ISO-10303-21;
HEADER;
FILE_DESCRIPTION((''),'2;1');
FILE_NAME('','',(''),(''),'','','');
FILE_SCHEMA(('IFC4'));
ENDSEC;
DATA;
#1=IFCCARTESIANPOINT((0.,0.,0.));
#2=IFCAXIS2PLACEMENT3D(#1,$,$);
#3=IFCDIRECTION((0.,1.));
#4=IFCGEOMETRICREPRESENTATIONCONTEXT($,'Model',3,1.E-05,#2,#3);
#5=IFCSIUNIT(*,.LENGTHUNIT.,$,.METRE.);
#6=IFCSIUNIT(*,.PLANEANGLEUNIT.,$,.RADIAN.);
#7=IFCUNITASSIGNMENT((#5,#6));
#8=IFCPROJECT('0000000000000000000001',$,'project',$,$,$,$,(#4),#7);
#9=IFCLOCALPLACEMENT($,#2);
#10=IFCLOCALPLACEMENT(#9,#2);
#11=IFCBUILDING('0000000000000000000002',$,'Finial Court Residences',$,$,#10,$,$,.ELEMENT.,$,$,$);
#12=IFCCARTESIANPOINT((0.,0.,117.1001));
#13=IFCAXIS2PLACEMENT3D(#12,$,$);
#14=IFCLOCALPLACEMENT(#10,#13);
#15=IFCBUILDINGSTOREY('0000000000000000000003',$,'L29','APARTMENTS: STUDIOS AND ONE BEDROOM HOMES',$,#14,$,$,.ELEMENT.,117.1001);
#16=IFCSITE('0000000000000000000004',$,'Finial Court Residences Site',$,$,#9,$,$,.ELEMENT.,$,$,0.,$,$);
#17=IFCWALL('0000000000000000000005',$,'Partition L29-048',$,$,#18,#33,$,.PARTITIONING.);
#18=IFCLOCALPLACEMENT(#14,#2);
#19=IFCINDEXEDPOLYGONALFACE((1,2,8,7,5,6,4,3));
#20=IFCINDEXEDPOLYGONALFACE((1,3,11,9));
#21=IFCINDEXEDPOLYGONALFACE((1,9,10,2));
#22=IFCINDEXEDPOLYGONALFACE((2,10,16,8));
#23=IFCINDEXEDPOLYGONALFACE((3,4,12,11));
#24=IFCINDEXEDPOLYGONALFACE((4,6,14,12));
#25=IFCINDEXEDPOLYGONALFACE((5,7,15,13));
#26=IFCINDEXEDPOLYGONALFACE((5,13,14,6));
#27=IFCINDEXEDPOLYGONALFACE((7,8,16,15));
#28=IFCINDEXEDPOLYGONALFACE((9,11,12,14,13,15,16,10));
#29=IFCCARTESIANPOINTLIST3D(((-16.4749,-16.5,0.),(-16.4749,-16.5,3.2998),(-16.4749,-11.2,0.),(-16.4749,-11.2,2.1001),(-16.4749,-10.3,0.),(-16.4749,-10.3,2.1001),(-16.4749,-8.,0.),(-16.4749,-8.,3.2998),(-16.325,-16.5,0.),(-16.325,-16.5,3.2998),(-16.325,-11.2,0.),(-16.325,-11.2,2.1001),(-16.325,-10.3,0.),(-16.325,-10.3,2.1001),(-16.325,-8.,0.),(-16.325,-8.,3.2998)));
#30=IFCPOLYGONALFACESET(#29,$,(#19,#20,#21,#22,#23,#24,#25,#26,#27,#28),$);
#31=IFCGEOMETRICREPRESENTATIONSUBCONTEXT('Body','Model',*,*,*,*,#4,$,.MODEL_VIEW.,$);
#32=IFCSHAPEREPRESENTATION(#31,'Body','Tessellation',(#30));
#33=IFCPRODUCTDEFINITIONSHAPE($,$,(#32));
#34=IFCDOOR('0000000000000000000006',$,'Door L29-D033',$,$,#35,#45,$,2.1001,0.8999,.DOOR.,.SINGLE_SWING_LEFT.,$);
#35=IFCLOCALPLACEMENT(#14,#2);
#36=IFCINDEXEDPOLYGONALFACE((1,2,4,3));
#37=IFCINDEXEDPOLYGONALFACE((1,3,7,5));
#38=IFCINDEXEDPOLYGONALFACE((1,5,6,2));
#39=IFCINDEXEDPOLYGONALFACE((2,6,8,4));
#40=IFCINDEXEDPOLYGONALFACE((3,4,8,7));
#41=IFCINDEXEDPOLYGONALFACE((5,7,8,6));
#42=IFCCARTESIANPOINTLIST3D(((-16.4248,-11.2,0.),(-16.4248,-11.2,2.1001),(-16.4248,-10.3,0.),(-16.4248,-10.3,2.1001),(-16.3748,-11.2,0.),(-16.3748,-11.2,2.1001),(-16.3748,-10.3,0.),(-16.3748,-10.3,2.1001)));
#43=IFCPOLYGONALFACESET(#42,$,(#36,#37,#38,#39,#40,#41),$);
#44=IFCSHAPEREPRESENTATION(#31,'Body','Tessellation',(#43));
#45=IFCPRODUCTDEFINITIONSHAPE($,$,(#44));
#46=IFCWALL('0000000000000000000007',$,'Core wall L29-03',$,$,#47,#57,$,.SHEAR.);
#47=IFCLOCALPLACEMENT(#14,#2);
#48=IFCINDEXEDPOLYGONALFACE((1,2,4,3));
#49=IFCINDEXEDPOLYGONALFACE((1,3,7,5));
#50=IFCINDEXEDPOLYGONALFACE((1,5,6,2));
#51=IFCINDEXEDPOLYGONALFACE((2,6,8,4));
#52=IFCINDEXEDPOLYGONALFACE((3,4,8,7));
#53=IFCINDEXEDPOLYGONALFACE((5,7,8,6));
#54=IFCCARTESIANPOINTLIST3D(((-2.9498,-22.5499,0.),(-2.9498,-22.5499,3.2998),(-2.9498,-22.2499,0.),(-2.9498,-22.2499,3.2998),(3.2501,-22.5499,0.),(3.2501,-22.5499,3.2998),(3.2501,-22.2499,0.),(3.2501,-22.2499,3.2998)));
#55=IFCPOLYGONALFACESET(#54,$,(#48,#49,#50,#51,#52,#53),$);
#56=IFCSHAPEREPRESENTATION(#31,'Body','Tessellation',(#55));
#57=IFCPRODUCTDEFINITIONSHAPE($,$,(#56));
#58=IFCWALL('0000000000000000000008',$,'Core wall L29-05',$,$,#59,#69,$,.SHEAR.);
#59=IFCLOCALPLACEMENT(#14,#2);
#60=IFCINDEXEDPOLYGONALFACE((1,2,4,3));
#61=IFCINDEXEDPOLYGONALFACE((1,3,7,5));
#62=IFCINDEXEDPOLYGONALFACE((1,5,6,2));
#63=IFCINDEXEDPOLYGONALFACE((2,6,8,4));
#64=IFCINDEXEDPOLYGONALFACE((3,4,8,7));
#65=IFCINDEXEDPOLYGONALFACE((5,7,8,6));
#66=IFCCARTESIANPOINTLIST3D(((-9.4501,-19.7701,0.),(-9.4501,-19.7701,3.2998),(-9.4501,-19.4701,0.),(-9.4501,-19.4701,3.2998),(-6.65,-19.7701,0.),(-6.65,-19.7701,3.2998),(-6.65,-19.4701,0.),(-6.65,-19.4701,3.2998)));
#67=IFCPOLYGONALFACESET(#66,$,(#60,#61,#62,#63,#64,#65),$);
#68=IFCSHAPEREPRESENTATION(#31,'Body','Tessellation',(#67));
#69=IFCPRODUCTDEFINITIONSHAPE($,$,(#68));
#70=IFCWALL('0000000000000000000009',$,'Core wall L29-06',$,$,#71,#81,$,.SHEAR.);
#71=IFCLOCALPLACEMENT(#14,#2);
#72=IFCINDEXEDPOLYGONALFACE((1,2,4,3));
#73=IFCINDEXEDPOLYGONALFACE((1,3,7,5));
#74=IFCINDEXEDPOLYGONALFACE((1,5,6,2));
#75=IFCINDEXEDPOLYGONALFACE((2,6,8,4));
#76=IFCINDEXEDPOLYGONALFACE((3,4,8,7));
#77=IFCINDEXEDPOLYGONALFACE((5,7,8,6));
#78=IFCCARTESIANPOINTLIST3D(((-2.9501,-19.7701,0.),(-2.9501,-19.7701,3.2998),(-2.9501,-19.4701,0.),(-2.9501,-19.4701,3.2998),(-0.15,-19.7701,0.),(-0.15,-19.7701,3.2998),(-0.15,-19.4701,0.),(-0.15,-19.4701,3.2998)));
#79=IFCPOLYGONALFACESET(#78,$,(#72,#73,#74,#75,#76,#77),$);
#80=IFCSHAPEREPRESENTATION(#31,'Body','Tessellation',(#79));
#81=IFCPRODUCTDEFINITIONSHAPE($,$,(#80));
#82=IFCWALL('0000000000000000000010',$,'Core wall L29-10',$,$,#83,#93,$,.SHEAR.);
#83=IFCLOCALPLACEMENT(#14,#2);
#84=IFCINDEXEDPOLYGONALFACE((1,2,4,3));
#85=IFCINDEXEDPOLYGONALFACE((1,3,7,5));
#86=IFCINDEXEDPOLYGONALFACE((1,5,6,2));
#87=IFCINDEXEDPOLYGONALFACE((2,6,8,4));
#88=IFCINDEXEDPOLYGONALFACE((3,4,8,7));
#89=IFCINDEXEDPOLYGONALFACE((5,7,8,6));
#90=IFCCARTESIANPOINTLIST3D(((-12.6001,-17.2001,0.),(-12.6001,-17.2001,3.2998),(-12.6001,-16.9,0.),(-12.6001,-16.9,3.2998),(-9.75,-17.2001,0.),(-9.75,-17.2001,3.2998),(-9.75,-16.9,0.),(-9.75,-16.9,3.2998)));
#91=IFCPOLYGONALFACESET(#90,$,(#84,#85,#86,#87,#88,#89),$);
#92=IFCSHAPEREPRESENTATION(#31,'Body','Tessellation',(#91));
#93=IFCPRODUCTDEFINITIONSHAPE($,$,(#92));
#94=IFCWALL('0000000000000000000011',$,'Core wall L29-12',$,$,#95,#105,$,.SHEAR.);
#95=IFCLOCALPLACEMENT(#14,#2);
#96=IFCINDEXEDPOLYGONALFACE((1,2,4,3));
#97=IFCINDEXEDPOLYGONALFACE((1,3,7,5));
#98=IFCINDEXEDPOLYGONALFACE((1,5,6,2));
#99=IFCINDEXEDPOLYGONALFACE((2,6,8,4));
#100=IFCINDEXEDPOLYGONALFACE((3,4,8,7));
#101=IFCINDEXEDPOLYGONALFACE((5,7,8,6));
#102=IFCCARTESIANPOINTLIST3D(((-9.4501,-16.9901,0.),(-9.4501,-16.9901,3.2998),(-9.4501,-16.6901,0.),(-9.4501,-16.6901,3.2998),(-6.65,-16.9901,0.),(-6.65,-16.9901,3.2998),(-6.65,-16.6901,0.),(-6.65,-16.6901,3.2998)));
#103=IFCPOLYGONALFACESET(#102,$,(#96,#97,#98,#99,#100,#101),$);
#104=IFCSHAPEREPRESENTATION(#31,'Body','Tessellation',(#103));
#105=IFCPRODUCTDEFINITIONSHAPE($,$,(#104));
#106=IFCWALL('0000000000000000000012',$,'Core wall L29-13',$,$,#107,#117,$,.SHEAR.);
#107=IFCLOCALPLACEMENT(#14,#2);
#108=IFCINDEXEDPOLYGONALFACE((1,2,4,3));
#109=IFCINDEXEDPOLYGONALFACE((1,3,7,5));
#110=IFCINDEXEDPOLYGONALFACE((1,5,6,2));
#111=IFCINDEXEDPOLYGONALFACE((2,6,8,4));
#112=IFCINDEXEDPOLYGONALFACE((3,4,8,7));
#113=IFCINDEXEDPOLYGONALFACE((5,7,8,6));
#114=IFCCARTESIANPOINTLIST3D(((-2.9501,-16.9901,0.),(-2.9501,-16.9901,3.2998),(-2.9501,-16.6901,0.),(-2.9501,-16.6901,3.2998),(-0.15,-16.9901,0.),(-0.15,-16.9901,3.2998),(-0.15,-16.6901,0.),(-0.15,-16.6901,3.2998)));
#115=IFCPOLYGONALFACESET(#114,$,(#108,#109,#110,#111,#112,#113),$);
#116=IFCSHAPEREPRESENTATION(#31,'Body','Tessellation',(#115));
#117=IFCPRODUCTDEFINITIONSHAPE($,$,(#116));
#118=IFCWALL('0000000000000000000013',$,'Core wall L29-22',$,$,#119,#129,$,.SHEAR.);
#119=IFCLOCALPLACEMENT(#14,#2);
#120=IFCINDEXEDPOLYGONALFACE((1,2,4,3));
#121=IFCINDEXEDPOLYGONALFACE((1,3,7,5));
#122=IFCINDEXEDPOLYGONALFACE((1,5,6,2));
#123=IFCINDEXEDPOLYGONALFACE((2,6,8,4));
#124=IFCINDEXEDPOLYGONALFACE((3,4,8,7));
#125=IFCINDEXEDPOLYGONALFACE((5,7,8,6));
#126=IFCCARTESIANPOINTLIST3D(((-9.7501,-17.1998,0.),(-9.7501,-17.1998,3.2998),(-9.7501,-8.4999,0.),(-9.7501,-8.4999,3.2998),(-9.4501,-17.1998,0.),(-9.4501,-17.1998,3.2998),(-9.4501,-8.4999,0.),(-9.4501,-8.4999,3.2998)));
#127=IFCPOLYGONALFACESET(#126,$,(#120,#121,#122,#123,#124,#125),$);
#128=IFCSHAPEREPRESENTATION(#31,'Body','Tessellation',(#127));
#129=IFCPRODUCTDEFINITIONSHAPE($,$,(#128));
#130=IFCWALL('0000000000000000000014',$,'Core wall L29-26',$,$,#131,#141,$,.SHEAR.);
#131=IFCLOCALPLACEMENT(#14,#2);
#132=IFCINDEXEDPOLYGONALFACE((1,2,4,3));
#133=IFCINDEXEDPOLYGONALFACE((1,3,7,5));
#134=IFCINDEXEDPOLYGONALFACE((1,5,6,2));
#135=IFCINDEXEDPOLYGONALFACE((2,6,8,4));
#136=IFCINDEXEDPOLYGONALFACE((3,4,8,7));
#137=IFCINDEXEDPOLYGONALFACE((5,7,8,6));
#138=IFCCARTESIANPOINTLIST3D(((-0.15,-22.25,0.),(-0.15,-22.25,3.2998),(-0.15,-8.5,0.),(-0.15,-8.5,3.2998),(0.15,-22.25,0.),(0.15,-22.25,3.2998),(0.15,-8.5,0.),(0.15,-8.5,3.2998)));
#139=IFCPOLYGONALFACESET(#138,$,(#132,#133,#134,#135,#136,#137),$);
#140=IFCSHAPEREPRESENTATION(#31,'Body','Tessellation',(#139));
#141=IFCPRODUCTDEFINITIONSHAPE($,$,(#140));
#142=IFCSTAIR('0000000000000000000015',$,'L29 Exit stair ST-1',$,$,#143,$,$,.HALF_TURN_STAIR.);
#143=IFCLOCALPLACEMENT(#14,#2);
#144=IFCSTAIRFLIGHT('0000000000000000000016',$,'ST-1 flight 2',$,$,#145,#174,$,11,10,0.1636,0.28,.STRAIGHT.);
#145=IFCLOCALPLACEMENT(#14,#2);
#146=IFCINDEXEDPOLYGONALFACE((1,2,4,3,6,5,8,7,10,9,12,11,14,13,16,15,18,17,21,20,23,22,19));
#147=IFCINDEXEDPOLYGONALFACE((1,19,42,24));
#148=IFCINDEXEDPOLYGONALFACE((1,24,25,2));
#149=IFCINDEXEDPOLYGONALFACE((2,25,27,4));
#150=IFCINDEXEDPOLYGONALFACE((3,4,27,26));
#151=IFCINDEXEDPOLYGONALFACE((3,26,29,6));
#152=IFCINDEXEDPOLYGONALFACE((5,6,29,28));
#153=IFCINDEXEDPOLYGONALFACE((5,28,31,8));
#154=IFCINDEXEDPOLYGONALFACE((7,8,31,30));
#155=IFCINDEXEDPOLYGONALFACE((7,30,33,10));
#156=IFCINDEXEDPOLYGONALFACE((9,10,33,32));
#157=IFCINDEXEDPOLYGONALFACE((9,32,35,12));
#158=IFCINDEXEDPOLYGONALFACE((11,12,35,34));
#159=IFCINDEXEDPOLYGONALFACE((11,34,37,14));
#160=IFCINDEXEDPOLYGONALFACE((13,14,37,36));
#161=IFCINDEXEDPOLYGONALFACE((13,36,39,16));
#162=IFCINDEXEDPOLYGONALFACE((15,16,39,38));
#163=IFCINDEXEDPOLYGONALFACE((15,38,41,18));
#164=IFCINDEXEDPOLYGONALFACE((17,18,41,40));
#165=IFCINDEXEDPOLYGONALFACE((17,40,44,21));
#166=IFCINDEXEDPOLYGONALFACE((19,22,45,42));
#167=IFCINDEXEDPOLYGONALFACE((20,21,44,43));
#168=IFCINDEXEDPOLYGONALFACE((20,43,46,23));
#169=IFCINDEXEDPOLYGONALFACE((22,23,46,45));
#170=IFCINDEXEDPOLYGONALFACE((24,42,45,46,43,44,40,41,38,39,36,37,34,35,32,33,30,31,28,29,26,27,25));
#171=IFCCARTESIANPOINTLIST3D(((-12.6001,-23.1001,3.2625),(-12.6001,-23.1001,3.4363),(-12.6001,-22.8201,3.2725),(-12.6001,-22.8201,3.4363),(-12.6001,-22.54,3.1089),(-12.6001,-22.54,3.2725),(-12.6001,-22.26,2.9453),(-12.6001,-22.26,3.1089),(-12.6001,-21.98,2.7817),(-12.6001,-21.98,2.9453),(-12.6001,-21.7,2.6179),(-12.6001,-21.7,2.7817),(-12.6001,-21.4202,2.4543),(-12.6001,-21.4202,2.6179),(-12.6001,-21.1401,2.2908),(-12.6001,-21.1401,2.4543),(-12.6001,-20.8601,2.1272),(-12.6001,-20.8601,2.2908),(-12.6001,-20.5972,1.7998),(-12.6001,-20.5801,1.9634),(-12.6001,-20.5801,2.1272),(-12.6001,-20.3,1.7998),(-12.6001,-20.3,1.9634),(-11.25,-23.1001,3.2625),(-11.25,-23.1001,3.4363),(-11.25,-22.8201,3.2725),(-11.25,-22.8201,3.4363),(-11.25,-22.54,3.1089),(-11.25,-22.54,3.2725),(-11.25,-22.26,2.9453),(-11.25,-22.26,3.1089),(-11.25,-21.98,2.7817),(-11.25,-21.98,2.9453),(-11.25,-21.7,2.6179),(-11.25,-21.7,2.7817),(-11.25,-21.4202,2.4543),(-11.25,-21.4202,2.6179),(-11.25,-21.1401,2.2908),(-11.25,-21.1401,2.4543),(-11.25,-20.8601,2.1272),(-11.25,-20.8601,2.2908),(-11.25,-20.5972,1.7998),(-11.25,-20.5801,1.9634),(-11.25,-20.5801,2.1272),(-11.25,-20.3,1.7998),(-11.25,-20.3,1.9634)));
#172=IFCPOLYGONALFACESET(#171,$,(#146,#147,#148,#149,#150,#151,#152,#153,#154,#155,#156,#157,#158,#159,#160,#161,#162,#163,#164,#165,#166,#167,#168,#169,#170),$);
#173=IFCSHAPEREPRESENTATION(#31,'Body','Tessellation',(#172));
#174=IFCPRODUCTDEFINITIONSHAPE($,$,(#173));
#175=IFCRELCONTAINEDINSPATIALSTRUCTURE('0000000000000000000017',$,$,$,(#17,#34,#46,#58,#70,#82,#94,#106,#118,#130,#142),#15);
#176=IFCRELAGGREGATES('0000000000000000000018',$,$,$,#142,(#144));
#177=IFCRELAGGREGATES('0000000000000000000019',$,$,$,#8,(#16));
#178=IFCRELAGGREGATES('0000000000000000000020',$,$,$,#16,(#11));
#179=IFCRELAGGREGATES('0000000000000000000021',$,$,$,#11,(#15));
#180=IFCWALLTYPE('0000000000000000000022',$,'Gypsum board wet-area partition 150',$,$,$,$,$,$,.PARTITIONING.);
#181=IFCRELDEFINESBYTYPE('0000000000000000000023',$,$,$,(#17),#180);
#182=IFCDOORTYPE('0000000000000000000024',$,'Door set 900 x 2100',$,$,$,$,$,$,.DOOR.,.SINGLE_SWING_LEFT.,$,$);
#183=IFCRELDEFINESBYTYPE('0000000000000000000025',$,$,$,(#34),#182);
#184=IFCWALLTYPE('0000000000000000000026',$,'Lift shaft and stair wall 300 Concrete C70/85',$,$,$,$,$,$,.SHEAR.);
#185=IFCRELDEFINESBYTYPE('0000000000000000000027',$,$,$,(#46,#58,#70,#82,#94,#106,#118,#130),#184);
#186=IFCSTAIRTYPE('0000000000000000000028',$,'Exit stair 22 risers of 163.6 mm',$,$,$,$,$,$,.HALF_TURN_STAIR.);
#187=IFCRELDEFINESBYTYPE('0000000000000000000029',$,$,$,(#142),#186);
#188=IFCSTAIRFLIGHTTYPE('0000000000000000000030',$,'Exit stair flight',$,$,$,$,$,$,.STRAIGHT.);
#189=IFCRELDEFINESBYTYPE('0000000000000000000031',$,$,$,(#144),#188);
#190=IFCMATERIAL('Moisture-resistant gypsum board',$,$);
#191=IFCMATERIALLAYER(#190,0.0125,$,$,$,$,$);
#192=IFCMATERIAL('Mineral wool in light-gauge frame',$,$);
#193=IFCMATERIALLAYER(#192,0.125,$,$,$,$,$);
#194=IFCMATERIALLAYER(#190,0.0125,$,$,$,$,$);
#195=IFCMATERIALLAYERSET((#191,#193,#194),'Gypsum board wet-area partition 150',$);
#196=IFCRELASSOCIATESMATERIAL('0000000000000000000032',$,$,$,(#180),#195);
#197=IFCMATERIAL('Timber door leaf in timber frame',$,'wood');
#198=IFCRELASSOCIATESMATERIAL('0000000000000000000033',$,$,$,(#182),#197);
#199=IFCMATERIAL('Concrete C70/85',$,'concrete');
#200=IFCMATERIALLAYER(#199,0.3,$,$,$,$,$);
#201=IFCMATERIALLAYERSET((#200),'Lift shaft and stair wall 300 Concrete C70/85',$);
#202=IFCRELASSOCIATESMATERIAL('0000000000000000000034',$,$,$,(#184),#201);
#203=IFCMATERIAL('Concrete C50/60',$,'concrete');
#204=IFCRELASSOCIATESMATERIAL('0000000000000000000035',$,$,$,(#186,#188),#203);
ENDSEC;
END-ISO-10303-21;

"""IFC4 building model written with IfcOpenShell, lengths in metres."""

from ifc_helpers import new_model, si_unit, direction, frame, frame_2d, origin, place, context, subcontext, project, spatial, polyline, rectangle, outline, extrude, material, layer, layer_set, type_object, element, fill, aggregate, save


model = new_model("IFC4")

# Units and contexts
model_context = context("Model", 3, precision=1e-05, world=origin(), true_north=direction((0.0, 1.0)))
body_context = subcontext(model_context, "Body", "Model", "MODEL_VIEW")
ifc_project = project(units=[si_unit("LENGTHUNIT", "METRE"), si_unit("PLANEANGLEUNIT", "RADIAN")], contexts=[model_context])

# Site, building, storey
site_placement = place(None, origin())
site = spatial("IfcSite", under=ifc_project, at=site_placement, Name="Finial Court Residences Site", CompositionType="ELEMENT", RefElevation=0.0)
building_placement = place(site_placement, origin())
building = spatial("IfcBuilding", under=site, at=building_placement, Name="Finial Court Residences", CompositionType="ELEMENT")
storey_placement = place(building_placement, frame((0.0, 0.0, 117.1001)))
storey = spatial("IfcBuildingStorey", under=building, at=storey_placement, Name="L29", Description="APARTMENTS: STUDIOS AND ONE BEDROOM HOMES", CompositionType="ELEMENT", Elevation=117.1001)

# Wall, opening, door
ifc_material_1 = material(Name="Moisture-resistant gypsum board")
ifc_layer_1 = layer(ifc_material_1, 0.0125)
ifc_material_2 = material(Name="Mineral wool in light-gauge frame")
ifc_layer_2 = layer(ifc_material_2, 0.125)
ifc_layer_3 = layer(ifc_material_1, 0.0125)
ifc_layer_set_1 = layer_set([ifc_layer_1, ifc_layer_2, ifc_layer_3], Name="Gypsum board wet-area partition 150")
wall_type_1 = type_object("IfcWallType", Name="Gypsum board wet-area partition 150", PredefinedType="PARTITIONING", material=ifc_layer_set_1)
wall_1_placement = place(storey_placement, frame((-16.3999, -16.5, 0.0), z_axis=(0.0, 0.0, 1.0), x_axis=(0.0, 1.0, 0.0)))
wall_1 = element("IfcWall", 1, at=wall_1_placement, inside=storey, type_object=wall_type_1, Name="Partition L29-048", PredefinedType="PARTITIONING", context=body_context, shape_type="SweptSolid", body=[
    extrude(rectangle(XDim=8.5, YDim=0.1499, at=frame_2d((4.25, 0.0))), origin(), (0.0, 0.0, 1.0), 3.2998),
])
opening_placement = place(wall_1_placement, frame((5.3, 0.0, 0.0)))
opening = element("IfcOpeningElement", 2, at=opening_placement, cuts=wall_1, PredefinedType="OPENING", context=body_context, shape_type="SweptSolid", body=[
    extrude(rectangle(XDim=0.8999, YDim=2.1001, at=frame_2d((0.45, 1.05))), frame((0.0, 0.085, 0.0), z_axis=(0.0, -1.0, 0.0), x_axis=(1.0, 0.0, 0.0)), (0.0, 0.0, 1.0), 0.1699),
])
ifc_material_3 = material(Name="Timber door leaf in timber frame", Category="wood")
door_type = type_object("IfcDoorType", Name="Door set 900 x 2100", OperationType="SINGLE_SWING_LEFT", PredefinedType="DOOR", material=ifc_material_3)
door_placement = place(opening_placement, origin())
door = element("IfcDoor", 3, at=door_placement, inside=storey, type_object=door_type, Name="Door L29-D033", OperationType="SINGLE_SWING_LEFT", OverallHeight=2.1001, OverallWidth=0.8999, PredefinedType="DOOR", context=body_context, shape_type="SweptSolid", body=[
    extrude(rectangle(XDim=0.8999, YDim=2.1001, at=frame_2d((0.45, 1.05))), frame((0.0, 0.0249, 0.0), z_axis=(0.0, -1.0, 0.0), x_axis=(1.0, 0.0, 0.0)), (0.0, 0.0, 1.0), 0.05),
])
fill(opening, door)

# Walls
ifc_material_4 = material(Name="Concrete C70/85", Category="concrete")
ifc_layer_4 = layer(ifc_material_4, 0.3)
ifc_layer_set_2 = layer_set([ifc_layer_4], Name="Lift shaft and stair wall 300 Concrete C70/85")
wall_type_2 = type_object("IfcWallType", Name="Lift shaft and stair wall 300 Concrete C70/85", PredefinedType="SHEAR", material=ifc_layer_set_2)
wall_2_placement = place(storey_placement, frame((-2.95, -22.3999, 0.0), z_axis=(0.0, 0.0, 1.0), x_axis=(1.0, 0.0, 0.0)))
element("IfcWall", 4, at=wall_2_placement, inside=storey, type_object=wall_type_2, Name="Core wall L29-03", PredefinedType="SHEAR", context=body_context, shape_type="SweptSolid", body=[
    extrude(rectangle(XDim=6.2, YDim=0.3, at=frame_2d((3.1001, 0.0))), origin(), (0.0, 0.0, 1.0), 3.2998),
])
for number, where, z_axis, x_axis, name in (
    (5, (-9.45, -19.6201, 0.0), (0.0, 0.0, 1.0), (1.0, 0.0, 0.0), "Core wall L29-05"),
    (6, (-2.95, -19.6201, 0.0), (0.0, 0.0, 1.0), (1.0, 0.0, 0.0), "Core wall L29-06"),
):
    element("IfcWall", number, at=place(storey_placement, frame(where, z_axis=z_axis, x_axis=x_axis)), inside=storey, type_object=wall_type_2, Name=name, PredefinedType="SHEAR", context=body_context, shape_type="SweptSolid", body=[
        extrude(rectangle(XDim=2.8, YDim=0.3, at=frame_2d((1.3999, 0.0))), origin(), (0.0, 0.0, 1.0), 3.2998),
    ])
wall_3_placement = place(storey_placement, frame((-12.6001, -17.05, 0.0), z_axis=(0.0, 0.0, 1.0), x_axis=(1.0, 0.0, 0.0)))
element("IfcWall", 7, at=wall_3_placement, inside=storey, type_object=wall_type_2, Name="Core wall L29-10", PredefinedType="SHEAR", context=body_context, shape_type="SweptSolid", body=[
    extrude(rectangle(XDim=2.8501, YDim=0.3, at=frame_2d((1.425, 0.0))), origin(), (0.0, 0.0, 1.0), 3.2998),
])
for number, where, z_axis, x_axis, name in (
    (8, (-9.45, -16.8401, 0.0), (0.0, 0.0, 1.0), (1.0, 0.0, 0.0), "Core wall L29-12"),
    (9, (-2.95, -16.8401, 0.0), (0.0, 0.0, 1.0), (1.0, 0.0, 0.0), "Core wall L29-13"),
):
    element("IfcWall", number, at=place(storey_placement, frame(where, z_axis=z_axis, x_axis=x_axis)), inside=storey, type_object=wall_type_2, Name=name, PredefinedType="SHEAR", context=body_context, shape_type="SweptSolid", body=[
        extrude(rectangle(XDim=2.8, YDim=0.3, at=frame_2d((1.3999, 0.0))), origin(), (0.0, 0.0, 1.0), 3.2998),
    ])
wall_4_placement = place(storey_placement, frame((-9.6001, -17.2, 0.0), z_axis=(0.0, 0.0, 1.0), x_axis=(0.0, 1.0, 0.0)))
element("IfcWall", 10, at=wall_4_placement, inside=storey, type_object=wall_type_2, Name="Core wall L29-22", PredefinedType="SHEAR", context=body_context, shape_type="SweptSolid", body=[
    extrude(rectangle(XDim=8.7, YDim=0.3, at=frame_2d((4.3501, 0.0))), origin(), (0.0, 0.0, 1.0), 3.2998),
])
wall_5_placement = place(storey_placement, frame((0.0, -22.25, 0.0), z_axis=(0.0, 0.0, 1.0), x_axis=(0.0, 1.0, 0.0)))
element("IfcWall", 11, at=wall_5_placement, inside=storey, type_object=wall_type_2, Name="Core wall L29-26", PredefinedType="SHEAR", context=body_context, shape_type="SweptSolid", body=[
    extrude(rectangle(XDim=13.75, YDim=0.3, at=frame_2d((6.875, 0.0))), origin(), (0.0, 0.0, 1.0), 3.2998),
])

# Stair, stair flight
ifc_material_5 = material(Name="Concrete C50/60", Category="concrete")
stair_type = type_object("IfcStairType", Name="Exit stair 22 risers of 163.6 mm", PredefinedType="HALF_TURN_STAIR", material=ifc_material_5)
stair_placement = place(storey_placement, origin())
stair = element("IfcStair", 12, at=stair_placement, inside=storey, type_object=stair_type, Name="L29 Exit stair ST-1", PredefinedType="HALF_TURN_STAIR")
stair_flight_type = type_object("IfcStairFlightType", Name="Exit stair flight", PredefinedType="STRAIGHT", material=ifc_material_5)
stair_flight_placement = place(storey_placement, frame((-11.925, -20.3, 1.7998), z_axis=(0.0, 0.0, 1.0), x_axis=(0.0, -1.0, 0.0)))
stair_flight = element("IfcStairFlight", 13, at=stair_flight_placement, type_object=stair_flight_type, Name="ST-1 flight 2", NumberOfRisers=11, NumberOfTreads=10, PredefinedType="STRAIGHT", RiserHeight=0.1636, TreadLength=0.28, context=body_context, shape_type="SweptSolid", body=[
    extrude(outline(polyline([(0.0, 0.0), (0.0, 0.1636), (0.28, 0.1636), (0.28, 0.3274), (0.5601, 0.3274), (0.5601, 0.491), (0.8401, 0.491), (0.8401, 0.6545), (1.1201, 0.6545), (1.1201, 0.8181), (1.3999, 0.8181), (1.3999, 0.9819), (1.6799, 0.9819), (1.6799, 1.1455), (1.96, 1.1455), (1.96, 1.3091), (2.24, 1.3091), (2.24, 1.4727), (2.52, 1.4727), (2.52, 1.6365), (2.8, 1.6365), (2.8, 1.8), (2.8, 1.4626), (0.2971, 0.0), (0.0, 0.0)])), frame((0.0, 0.675, 0.0), z_axis=(0.0, -1.0, 0.0), x_axis=(1.0, 0.0, 0.0)), (0.0, 0.0, 1.0), 1.3501),
])
aggregate(stair, [stair_flight])

save(model, "model.ifc")
